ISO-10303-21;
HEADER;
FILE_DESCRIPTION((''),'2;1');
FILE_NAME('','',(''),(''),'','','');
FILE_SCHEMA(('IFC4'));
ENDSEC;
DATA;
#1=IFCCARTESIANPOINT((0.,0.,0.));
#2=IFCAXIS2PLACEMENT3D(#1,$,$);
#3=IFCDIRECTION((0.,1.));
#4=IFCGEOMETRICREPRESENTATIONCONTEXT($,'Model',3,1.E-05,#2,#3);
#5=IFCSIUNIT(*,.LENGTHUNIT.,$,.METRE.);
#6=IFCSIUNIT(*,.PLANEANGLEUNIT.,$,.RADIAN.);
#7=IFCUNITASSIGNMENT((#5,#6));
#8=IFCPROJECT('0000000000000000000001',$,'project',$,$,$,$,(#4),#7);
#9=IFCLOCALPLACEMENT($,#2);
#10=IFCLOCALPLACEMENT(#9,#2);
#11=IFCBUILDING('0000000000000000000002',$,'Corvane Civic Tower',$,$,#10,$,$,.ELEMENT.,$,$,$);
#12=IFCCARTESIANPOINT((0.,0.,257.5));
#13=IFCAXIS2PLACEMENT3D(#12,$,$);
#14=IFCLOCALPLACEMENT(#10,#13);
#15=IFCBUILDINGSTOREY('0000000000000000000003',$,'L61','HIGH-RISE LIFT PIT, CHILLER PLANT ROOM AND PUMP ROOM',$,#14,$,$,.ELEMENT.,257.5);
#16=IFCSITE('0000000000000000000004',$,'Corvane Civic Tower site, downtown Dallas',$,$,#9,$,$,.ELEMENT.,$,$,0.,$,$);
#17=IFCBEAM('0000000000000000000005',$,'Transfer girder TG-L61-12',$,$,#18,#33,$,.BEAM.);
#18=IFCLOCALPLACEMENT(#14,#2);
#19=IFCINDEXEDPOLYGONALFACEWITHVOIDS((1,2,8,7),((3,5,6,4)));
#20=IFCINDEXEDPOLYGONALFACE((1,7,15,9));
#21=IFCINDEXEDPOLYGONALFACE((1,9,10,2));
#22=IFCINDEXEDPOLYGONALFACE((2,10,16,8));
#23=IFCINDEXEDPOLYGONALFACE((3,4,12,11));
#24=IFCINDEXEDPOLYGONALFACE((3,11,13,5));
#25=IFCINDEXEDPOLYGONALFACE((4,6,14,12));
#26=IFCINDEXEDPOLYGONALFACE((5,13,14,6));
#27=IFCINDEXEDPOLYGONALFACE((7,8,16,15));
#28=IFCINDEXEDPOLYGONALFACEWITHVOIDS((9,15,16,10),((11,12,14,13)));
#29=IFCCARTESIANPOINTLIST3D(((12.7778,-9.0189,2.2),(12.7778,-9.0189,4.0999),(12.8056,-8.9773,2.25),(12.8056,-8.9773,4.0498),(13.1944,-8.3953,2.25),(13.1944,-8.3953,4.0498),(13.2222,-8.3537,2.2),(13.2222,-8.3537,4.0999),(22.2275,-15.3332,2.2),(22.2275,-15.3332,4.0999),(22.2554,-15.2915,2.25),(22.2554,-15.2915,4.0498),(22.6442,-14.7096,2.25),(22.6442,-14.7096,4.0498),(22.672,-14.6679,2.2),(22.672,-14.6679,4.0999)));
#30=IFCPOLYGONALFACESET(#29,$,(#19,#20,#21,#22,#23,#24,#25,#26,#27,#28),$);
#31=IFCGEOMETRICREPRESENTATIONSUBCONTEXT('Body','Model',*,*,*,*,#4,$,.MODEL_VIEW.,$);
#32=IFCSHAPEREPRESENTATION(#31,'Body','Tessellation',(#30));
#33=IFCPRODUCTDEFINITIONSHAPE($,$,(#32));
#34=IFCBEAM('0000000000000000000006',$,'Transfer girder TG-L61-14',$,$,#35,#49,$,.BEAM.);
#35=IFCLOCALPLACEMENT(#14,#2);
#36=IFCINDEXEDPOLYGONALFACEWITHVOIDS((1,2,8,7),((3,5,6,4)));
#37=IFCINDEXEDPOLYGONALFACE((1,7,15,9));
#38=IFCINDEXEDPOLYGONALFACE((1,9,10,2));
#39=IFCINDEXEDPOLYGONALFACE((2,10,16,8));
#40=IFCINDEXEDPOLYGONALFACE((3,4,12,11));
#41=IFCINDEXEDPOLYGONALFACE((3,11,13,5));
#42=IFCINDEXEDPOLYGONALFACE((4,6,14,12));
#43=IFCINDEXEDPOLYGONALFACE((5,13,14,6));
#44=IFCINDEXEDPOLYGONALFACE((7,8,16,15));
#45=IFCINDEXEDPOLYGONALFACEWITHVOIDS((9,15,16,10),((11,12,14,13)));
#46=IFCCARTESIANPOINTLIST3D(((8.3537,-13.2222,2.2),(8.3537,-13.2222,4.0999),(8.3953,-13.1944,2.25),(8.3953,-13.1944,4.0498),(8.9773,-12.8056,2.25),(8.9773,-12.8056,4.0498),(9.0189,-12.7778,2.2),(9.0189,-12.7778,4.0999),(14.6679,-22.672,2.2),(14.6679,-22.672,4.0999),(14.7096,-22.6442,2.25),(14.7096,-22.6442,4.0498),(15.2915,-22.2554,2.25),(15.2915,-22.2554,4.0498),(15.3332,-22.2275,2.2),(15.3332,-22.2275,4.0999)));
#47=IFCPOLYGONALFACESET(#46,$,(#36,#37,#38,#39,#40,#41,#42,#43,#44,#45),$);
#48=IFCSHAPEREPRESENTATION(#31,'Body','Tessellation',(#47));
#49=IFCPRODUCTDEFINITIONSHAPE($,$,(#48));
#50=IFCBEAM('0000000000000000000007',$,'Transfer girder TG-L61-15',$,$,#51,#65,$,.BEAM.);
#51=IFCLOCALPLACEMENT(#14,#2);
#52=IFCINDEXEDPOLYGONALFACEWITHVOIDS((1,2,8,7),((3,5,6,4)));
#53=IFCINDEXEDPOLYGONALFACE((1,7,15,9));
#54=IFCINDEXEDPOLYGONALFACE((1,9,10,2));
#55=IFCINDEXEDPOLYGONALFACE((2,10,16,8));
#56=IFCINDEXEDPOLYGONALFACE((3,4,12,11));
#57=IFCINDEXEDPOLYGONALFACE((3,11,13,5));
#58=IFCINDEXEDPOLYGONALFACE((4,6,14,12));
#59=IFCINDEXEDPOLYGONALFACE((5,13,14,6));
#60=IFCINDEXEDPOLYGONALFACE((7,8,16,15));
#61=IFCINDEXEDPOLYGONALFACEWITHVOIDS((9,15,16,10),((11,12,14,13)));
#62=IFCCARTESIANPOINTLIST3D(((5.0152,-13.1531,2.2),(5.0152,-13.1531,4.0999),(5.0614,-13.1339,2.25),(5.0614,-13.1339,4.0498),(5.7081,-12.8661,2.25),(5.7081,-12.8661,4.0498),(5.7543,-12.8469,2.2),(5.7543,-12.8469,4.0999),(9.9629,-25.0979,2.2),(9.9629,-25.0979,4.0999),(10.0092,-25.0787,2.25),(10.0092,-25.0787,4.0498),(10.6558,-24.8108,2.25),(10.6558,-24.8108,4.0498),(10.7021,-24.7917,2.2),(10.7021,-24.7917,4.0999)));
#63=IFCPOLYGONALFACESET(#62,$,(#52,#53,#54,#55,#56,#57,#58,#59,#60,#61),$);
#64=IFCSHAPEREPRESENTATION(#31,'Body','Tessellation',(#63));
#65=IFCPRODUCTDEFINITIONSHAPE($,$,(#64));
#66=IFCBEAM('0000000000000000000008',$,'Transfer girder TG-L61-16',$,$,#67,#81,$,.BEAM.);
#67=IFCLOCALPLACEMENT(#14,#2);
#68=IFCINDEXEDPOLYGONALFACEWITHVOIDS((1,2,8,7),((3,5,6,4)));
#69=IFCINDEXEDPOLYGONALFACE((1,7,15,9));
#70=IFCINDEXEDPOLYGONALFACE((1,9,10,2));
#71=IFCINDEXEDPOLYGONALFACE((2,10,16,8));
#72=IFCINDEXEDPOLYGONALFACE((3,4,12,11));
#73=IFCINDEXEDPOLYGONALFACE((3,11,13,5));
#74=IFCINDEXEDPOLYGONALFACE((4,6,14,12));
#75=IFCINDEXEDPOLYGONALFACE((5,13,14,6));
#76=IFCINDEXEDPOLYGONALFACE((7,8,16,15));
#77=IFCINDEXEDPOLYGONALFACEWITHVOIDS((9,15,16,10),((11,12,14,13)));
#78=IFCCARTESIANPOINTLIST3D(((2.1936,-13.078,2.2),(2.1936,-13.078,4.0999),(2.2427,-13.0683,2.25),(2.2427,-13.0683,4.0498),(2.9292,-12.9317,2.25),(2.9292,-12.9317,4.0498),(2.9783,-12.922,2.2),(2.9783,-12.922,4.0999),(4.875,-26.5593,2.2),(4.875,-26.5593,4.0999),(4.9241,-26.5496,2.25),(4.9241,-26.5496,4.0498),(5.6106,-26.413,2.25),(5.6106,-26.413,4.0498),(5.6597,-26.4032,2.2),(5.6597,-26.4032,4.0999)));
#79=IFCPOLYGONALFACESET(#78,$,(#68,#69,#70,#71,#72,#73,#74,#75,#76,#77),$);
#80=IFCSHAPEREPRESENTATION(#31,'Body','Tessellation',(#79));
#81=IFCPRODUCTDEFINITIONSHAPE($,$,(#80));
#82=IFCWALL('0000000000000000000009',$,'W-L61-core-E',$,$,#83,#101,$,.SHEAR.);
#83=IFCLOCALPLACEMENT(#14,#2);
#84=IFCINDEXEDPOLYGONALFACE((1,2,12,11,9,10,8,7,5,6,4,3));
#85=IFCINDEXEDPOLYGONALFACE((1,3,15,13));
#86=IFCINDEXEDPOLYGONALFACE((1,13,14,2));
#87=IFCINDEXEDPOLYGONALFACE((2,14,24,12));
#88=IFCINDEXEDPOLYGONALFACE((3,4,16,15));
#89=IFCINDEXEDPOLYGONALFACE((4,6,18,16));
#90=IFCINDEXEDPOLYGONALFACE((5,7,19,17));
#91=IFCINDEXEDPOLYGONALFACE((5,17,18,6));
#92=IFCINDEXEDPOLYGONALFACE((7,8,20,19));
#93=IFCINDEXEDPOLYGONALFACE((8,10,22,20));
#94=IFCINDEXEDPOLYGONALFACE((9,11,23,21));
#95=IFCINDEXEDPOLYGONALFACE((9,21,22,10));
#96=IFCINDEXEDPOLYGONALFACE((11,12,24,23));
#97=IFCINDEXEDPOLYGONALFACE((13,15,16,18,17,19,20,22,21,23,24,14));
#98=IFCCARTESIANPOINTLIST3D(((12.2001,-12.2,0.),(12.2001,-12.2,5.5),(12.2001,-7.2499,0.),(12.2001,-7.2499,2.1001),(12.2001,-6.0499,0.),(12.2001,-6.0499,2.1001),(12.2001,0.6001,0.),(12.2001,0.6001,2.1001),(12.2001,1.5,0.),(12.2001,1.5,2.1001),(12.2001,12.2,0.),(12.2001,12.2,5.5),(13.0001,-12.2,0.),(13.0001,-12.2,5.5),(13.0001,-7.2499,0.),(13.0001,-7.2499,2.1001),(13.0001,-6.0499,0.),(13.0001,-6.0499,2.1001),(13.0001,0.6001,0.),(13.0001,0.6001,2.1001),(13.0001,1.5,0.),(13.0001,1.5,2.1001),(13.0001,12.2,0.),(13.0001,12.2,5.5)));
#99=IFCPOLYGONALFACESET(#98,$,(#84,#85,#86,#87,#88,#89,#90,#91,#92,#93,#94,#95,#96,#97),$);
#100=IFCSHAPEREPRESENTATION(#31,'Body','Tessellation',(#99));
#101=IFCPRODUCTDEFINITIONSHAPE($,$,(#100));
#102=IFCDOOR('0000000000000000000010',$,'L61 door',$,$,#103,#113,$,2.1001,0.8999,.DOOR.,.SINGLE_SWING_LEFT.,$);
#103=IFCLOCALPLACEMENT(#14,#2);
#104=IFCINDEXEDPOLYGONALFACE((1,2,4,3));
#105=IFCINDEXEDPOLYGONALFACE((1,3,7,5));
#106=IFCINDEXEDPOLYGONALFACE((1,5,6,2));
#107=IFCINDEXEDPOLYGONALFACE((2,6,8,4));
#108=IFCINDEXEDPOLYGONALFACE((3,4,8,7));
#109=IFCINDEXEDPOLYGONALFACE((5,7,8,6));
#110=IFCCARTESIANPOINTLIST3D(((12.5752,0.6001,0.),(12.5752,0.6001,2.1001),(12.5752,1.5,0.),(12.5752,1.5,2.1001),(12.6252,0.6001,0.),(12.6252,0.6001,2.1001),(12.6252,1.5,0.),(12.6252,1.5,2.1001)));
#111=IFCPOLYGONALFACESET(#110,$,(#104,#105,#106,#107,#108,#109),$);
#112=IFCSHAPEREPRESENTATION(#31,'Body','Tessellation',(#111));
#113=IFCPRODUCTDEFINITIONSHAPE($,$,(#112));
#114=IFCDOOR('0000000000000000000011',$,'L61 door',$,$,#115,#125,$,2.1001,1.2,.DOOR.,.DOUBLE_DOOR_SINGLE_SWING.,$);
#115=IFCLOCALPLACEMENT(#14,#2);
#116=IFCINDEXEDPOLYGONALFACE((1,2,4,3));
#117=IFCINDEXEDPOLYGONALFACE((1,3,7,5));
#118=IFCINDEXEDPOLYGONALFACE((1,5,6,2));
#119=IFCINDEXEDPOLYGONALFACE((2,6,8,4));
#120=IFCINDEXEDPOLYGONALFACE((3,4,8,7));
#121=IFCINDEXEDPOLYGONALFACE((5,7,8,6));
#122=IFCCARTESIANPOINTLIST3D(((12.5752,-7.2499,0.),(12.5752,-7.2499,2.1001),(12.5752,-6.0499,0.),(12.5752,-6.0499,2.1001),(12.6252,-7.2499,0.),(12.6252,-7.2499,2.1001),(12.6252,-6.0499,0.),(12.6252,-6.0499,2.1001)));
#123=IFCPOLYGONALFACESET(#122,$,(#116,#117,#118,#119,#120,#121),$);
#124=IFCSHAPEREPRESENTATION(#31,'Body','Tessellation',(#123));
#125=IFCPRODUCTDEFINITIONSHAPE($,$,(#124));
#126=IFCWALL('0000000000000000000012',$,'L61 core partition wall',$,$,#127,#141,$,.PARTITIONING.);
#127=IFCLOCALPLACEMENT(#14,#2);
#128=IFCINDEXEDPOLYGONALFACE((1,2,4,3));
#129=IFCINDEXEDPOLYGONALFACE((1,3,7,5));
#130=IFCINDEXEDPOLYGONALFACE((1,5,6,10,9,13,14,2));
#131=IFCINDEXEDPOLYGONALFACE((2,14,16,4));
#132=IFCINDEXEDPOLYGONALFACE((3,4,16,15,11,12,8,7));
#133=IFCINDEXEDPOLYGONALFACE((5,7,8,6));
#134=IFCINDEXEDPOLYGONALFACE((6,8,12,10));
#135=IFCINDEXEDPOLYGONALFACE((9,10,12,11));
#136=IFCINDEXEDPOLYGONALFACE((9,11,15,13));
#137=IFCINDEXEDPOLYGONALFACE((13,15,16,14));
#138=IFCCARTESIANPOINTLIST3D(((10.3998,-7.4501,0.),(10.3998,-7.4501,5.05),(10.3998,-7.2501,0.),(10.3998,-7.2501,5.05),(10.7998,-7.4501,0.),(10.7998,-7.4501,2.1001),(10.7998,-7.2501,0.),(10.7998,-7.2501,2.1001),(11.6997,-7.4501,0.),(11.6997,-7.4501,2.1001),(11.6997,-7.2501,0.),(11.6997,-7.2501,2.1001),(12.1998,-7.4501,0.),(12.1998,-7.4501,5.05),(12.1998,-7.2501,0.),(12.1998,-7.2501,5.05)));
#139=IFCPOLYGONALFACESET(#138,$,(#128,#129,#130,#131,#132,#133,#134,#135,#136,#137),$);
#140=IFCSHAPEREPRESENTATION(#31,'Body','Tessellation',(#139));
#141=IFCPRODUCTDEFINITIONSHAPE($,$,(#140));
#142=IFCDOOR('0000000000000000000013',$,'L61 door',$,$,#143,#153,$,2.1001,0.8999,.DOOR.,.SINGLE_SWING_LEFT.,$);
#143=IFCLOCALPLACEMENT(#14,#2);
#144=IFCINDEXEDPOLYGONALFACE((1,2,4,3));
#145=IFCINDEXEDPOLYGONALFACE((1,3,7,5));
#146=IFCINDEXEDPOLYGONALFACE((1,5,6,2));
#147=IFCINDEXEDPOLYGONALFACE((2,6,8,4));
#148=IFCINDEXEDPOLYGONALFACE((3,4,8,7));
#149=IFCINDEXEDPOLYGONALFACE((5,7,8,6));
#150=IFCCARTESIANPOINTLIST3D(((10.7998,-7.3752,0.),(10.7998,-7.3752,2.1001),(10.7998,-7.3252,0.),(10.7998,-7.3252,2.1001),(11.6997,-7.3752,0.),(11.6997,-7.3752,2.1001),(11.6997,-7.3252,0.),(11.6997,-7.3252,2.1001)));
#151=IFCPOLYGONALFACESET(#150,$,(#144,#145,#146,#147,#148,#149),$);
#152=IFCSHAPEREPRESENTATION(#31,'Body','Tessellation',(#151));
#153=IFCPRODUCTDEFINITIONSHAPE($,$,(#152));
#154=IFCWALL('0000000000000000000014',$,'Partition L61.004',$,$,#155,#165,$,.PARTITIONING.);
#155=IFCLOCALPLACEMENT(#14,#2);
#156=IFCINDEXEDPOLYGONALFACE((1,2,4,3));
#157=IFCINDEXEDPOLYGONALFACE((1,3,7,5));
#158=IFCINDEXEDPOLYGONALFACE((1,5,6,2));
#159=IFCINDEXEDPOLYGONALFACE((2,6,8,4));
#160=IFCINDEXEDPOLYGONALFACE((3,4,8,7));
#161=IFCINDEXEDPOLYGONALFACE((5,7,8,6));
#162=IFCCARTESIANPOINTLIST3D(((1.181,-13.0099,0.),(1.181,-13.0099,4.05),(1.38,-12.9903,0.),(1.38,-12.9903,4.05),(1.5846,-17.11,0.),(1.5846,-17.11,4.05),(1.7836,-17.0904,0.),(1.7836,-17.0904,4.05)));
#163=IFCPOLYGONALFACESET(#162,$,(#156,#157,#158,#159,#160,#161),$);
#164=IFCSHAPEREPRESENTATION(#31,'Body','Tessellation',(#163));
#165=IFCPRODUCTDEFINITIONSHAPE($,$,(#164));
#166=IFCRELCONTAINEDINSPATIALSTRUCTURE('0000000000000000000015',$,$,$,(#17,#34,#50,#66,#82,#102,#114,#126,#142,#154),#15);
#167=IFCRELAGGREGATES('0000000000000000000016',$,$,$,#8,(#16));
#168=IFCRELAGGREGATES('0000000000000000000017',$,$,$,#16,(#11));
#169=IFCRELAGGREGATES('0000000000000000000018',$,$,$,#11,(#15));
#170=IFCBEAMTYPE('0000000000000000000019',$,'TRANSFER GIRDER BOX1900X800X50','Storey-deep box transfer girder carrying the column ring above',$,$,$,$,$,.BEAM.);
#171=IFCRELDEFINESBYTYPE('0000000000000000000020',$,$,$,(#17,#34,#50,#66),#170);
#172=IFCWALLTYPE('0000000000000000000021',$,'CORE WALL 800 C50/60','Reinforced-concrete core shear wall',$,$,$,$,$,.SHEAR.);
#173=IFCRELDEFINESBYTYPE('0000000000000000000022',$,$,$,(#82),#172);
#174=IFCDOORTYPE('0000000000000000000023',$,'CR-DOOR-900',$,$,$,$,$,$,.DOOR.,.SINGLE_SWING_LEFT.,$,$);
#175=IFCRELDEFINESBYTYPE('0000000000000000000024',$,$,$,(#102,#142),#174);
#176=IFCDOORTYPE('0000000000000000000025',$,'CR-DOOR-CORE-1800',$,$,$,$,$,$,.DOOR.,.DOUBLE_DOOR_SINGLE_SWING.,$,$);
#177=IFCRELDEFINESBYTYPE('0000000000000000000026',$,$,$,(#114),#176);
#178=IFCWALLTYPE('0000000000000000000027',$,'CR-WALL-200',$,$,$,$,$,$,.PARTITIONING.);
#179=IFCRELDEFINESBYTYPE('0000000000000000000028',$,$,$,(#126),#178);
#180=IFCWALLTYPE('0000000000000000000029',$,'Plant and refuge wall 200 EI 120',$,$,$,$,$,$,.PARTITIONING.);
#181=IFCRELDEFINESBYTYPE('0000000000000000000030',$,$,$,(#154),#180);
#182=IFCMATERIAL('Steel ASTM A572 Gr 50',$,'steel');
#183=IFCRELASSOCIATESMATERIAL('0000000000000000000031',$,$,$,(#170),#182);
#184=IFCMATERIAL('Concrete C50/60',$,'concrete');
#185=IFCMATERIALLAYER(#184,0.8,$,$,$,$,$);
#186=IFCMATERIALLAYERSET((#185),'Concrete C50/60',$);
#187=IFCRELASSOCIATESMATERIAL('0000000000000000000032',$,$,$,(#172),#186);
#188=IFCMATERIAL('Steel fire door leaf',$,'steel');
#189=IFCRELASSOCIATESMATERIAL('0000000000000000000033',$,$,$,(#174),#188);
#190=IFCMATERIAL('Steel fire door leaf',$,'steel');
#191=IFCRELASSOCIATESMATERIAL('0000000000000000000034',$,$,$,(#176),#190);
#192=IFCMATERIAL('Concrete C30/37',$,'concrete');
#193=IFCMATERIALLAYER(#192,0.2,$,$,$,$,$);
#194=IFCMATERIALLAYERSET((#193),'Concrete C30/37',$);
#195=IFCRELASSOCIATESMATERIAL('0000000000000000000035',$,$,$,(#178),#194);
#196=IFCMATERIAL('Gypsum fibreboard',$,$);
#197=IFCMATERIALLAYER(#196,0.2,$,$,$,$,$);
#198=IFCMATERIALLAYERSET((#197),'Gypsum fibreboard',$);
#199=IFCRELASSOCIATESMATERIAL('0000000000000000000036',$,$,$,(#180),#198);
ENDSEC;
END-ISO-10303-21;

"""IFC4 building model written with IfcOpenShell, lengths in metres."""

from ifc_helpers import new_model, si_unit, direction, frame, frame_2d, origin, origin_2d, place, context, subcontext, project, spatial, rectangle, hollow_rectangle, extrude, material, layer, layer_set, material_profile, profile_set, type_object, element, fill, save


model = new_model("IFC4")

# Units and contexts
model_context = context("Model", 3, precision=1e-05, world=origin(), true_north=direction((0.0, 1.0)))
body_context = subcontext(model_context, "Body", "Model", "MODEL_VIEW")
ifc_project = project(units=[si_unit("LENGTHUNIT", "METRE"), si_unit("PLANEANGLEUNIT", "RADIAN")], contexts=[model_context])

# Site, building, storey
site_placement = place(None, origin())
site = spatial("IfcSite", under=ifc_project, at=site_placement, Name="Corvane Civic Tower site, downtown Dallas", CompositionType="ELEMENT", RefElevation=0.0)
building_placement = place(site_placement, origin())
building = spatial("IfcBuilding", under=site, at=building_placement, Name="Corvane Civic Tower", CompositionType="ELEMENT")
storey_placement = place(building_placement, frame((0.0, 0.0, 257.5)))
storey = spatial("IfcBuildingStorey", under=building, at=storey_placement, Name="L61", Description="HIGH-RISE LIFT PIT, CHILLER PLANT ROOM AND PUMP ROOM", CompositionType="ELEMENT", Elevation=257.5)

# Beams
ifc_material_1 = material(Name="Steel ASTM A572 Gr 50", Category="steel")
ifc_material_profile_1 = material_profile(ifc_material_1, hollow_rectangle(XDim=0.8, YDim=1.8999, WallThickness=0.05, at=origin_2d()), Name="BOX1900X800X50")
ifc_profile_set_1 = profile_set([ifc_material_profile_1], Name="Steel ASTM A572 Gr 50")
beam_type_1 = type_object("IfcBeamType", Name="TRANSFER GIRDER BOX1900X800X50", Description="Storey-deep box transfer girder carrying the column ring above", PredefinedType="BEAM", material=ifc_profile_set_1)
for number, where, z_axis, x_axis, name in (
    (1, (13.0, -8.6863, 3.1499), (0.831465, -0.555577, 0.0), (0.555577, 0.831465, 0.0), "Transfer girder TG-L61-12"),
    (2, (8.6863, -13.0, 3.1499), (0.555577, -0.831465, 0.0), (0.831465, 0.555577, 0.0), "Transfer girder TG-L61-14"),
):
    element("IfcBeam", number, at=place(storey_placement, frame(where, z_axis=z_axis, x_axis=x_axis)), inside=storey, type_object=beam_type_1, Name=name, PredefinedType="BEAM", context=body_context, shape_type="SweptSolid", body=[
        extrude(hollow_rectangle(XDim=0.8, YDim=1.8999, WallThickness=0.05, at=origin_2d()), origin(), (0.0, 0.0, 1.0), 11.3652),
    ])
beam_1_placement = place(storey_placement, frame((5.3848, -13.0, 3.1499), z_axis=(0.382686, -0.923878, 0.0), x_axis=(0.923878, 0.382686, 0.0)))
element("IfcBeam", 3, at=beam_1_placement, inside=storey, type_object=beam_type_1, Name="Transfer girder TG-L61-15", PredefinedType="BEAM", context=body_context, shape_type="SweptSolid", body=[
    extrude(hollow_rectangle(XDim=0.8, YDim=1.8999, WallThickness=0.05, at=origin_2d()), origin(), (0.0, 0.0, 1.0), 12.929),
])
beam_2_placement = place(storey_placement, frame((2.5859, -13.0, 3.1499), z_axis=(0.195078, -0.980788, 0.0), x_axis=(0.980788, 0.195078, 0.0)))
element("IfcBeam", 4, at=beam_2_placement, inside=storey, type_object=beam_type_1, Name="Transfer girder TG-L61-16", PredefinedType="BEAM", context=body_context, shape_type="SweptSolid", body=[
    extrude(hollow_rectangle(XDim=0.8, YDim=1.8999, WallThickness=0.05, at=origin_2d()), origin(), (0.0, 0.0, 1.0), 13.7454),
])

# Wall, openings, doors
ifc_material_2 = material(Name="Concrete C50/60", Category="concrete")
ifc_layer_1 = layer(ifc_material_2, 0.8)
ifc_layer_set_1 = layer_set([ifc_layer_1], Name="Concrete C50/60")
wall_type_1 = type_object("IfcWallType", Name="CORE WALL 800 C50/60", Description="Reinforced-concrete core shear wall", PredefinedType="SHEAR", material=ifc_layer_set_1)
wall_1_placement = place(storey_placement, frame((12.6001, -12.2, 0.0), z_axis=(0.0, 0.0, 1.0), x_axis=(0.0, 1.0, 0.0)))
wall_1 = element("IfcWall", 5, at=wall_1_placement, inside=storey, type_object=wall_type_1, Name="W-L61-core-E", PredefinedType="SHEAR", context=body_context, shape_type="SweptSolid", body=[
    extrude(rectangle(XDim=24.3999, YDim=0.8, at=frame_2d((12.2, 0.0))), origin(), (0.0, 0.0, 1.0), 5.5),
])
opening_1_placement = place(wall_1_placement, frame((12.8, 0.0, 0.0)))
opening_1 = element("IfcOpeningElement", 6, at=opening_1_placement, cuts=wall_1, PredefinedType="OPENING", context=body_context, shape_type="SweptSolid", body=[
    extrude(rectangle(XDim=0.8999, YDim=2.1001, at=frame_2d((0.45, 1.05))), frame((0.0, 0.4099, 0.0), z_axis=(0.0, -1.0, 0.0), x_axis=(1.0, 0.0, 0.0)), (0.0, 0.0, 1.0), 0.8201),
])
opening_2_placement = place(wall_1_placement, frame((4.95, 0.0, 0.0)))
opening_2 = element("IfcOpeningElement", 7, at=opening_2_placement, cuts=wall_1, PredefinedType="OPENING", context=body_context, shape_type="SweptSolid", body=[
    extrude(rectangle(XDim=1.2, YDim=2.1001, at=frame_2d((0.6001, 1.05))), frame((0.0, 0.4099, 0.0), z_axis=(0.0, -1.0, 0.0), x_axis=(1.0, 0.0, 0.0)), (0.0, 0.0, 1.0), 0.8201),
])
ifc_material_3 = material(Name="Steel fire door leaf", Category="steel")
door_type_1 = type_object("IfcDoorType", Name="CR-DOOR-900", OperationType="SINGLE_SWING_LEFT", PredefinedType="DOOR", material=ifc_material_3)
door_1_placement = place(opening_1_placement, origin())
door_1 = element("IfcDoor", 8, at=door_1_placement, inside=storey, type_object=door_type_1, Name="L61 door", OperationType="SINGLE_SWING_LEFT", OverallHeight=2.1001, OverallWidth=0.8999, PredefinedType="DOOR", context=body_context, shape_type="SweptSolid", body=[
    extrude(rectangle(XDim=0.8999, YDim=2.1001, at=frame_2d((0.45, 1.05))), frame((0.0, 0.0249, 0.0), z_axis=(0.0, -1.0, 0.0), x_axis=(1.0, 0.0, 0.0)), (0.0, 0.0, 1.0), 0.05),
])
fill(opening_1, door_1)
ifc_material_4 = material(Name="Steel fire door leaf", Category="steel")
door_type_2 = type_object("IfcDoorType", Name="CR-DOOR-CORE-1800", OperationType="DOUBLE_DOOR_SINGLE_SWING", PredefinedType="DOOR", material=ifc_material_4)
door_2_placement = place(opening_2_placement, origin())
door_2 = element("IfcDoor", 9, at=door_2_placement, inside=storey, type_object=door_type_2, Name="L61 door", OperationType="DOUBLE_DOOR_SINGLE_SWING", OverallHeight=2.1001, OverallWidth=1.2, PredefinedType="DOOR", context=body_context, shape_type="SweptSolid", body=[
    extrude(rectangle(XDim=1.2, YDim=2.1001, at=frame_2d((0.6001, 1.05))), frame((0.0, 0.0249, 0.0), z_axis=(0.0, -1.0, 0.0), x_axis=(1.0, 0.0, 0.0)), (0.0, 0.0, 1.0), 0.05),
])
fill(opening_2, door_2)

# Wall, opening, door
ifc_material_5 = material(Name="Concrete C30/37", Category="concrete")
ifc_layer_2 = layer(ifc_material_5, 0.2)
ifc_layer_set_2 = layer_set([ifc_layer_2], Name="Concrete C30/37")
wall_type_2 = type_object("IfcWallType", Name="CR-WALL-200", PredefinedType="PARTITIONING", material=ifc_layer_set_2)
wall_2_placement = place(storey_placement, frame((10.3999, -7.3501, 0.0), z_axis=(0.0, 0.0, 1.0), x_axis=(1.0, 0.0, 0.0)))
wall_2 = element("IfcWall", 10, at=wall_2_placement, inside=storey, type_object=wall_type_2, Name="L61 core partition wall", PredefinedType="PARTITIONING", context=body_context, shape_type="SweptSolid", body=[
    extrude(rectangle(XDim=1.8, YDim=0.2, at=frame_2d((0.8999, 0.0))), origin(), (0.0, 0.0, 1.0), 5.05),
])
opening_3_placement = place(wall_2_placement, frame((0.3999, 0.0, 0.0)))
opening_3 = element("IfcOpeningElement", 11, at=opening_3_placement, cuts=wall_2, PredefinedType="OPENING", context=body_context, shape_type="SweptSolid", body=[
    extrude(rectangle(XDim=0.8999, YDim=2.1001, at=frame_2d((0.45, 1.05))), frame((0.0, 0.1099, 0.0), z_axis=(0.0, -1.0, 0.0), x_axis=(1.0, 0.0, 0.0)), (0.0, 0.0, 1.0), 0.22),
])
door_3_placement = place(opening_3_placement, origin())
door_3 = element("IfcDoor", 12, at=door_3_placement, inside=storey, type_object=door_type_1, Name="L61 door", OperationType="SINGLE_SWING_LEFT", OverallHeight=2.1001, OverallWidth=0.8999, PredefinedType="DOOR", context=body_context, shape_type="SweptSolid", body=[
    extrude(rectangle(XDim=0.8999, YDim=2.1001, at=frame_2d((0.45, 1.05))), frame((0.0, 0.0249, 0.0), z_axis=(0.0, -1.0, 0.0), x_axis=(1.0, 0.0, 0.0)), (0.0, 0.0, 1.0), 0.05),
])
fill(opening_3, door_3)

# Wall
ifc_material_6 = material(Name="Gypsum fibreboard")
ifc_layer_3 = layer(ifc_material_6, 0.2)
ifc_layer_set_3 = layer_set([ifc_layer_3], Name="Gypsum fibreboard")
wall_type_3 = type_object("IfcWallType", Name="Plant and refuge wall 200 EI 120", PredefinedType="PARTITIONING", material=ifc_layer_set_3)
wall_3_placement = place(storey_placement, frame((1.2805, -13.0, 0.0), z_axis=(0.0, 0.0, 1.0), x_axis=(0.097955, -0.995191, 0.0)))
element("IfcWall", 13, at=wall_3_placement, inside=storey, type_object=wall_type_3, Name="Partition L61.004", PredefinedType="PARTITIONING", context=body_context, shape_type="SweptSolid", body=[
    extrude(rectangle(XDim=4.1199, YDim=0.2, at=frame_2d((2.0601, 0.0))), origin(), (0.0, 0.0, 1.0), 4.05),
])

save(model, "model.ifc")
